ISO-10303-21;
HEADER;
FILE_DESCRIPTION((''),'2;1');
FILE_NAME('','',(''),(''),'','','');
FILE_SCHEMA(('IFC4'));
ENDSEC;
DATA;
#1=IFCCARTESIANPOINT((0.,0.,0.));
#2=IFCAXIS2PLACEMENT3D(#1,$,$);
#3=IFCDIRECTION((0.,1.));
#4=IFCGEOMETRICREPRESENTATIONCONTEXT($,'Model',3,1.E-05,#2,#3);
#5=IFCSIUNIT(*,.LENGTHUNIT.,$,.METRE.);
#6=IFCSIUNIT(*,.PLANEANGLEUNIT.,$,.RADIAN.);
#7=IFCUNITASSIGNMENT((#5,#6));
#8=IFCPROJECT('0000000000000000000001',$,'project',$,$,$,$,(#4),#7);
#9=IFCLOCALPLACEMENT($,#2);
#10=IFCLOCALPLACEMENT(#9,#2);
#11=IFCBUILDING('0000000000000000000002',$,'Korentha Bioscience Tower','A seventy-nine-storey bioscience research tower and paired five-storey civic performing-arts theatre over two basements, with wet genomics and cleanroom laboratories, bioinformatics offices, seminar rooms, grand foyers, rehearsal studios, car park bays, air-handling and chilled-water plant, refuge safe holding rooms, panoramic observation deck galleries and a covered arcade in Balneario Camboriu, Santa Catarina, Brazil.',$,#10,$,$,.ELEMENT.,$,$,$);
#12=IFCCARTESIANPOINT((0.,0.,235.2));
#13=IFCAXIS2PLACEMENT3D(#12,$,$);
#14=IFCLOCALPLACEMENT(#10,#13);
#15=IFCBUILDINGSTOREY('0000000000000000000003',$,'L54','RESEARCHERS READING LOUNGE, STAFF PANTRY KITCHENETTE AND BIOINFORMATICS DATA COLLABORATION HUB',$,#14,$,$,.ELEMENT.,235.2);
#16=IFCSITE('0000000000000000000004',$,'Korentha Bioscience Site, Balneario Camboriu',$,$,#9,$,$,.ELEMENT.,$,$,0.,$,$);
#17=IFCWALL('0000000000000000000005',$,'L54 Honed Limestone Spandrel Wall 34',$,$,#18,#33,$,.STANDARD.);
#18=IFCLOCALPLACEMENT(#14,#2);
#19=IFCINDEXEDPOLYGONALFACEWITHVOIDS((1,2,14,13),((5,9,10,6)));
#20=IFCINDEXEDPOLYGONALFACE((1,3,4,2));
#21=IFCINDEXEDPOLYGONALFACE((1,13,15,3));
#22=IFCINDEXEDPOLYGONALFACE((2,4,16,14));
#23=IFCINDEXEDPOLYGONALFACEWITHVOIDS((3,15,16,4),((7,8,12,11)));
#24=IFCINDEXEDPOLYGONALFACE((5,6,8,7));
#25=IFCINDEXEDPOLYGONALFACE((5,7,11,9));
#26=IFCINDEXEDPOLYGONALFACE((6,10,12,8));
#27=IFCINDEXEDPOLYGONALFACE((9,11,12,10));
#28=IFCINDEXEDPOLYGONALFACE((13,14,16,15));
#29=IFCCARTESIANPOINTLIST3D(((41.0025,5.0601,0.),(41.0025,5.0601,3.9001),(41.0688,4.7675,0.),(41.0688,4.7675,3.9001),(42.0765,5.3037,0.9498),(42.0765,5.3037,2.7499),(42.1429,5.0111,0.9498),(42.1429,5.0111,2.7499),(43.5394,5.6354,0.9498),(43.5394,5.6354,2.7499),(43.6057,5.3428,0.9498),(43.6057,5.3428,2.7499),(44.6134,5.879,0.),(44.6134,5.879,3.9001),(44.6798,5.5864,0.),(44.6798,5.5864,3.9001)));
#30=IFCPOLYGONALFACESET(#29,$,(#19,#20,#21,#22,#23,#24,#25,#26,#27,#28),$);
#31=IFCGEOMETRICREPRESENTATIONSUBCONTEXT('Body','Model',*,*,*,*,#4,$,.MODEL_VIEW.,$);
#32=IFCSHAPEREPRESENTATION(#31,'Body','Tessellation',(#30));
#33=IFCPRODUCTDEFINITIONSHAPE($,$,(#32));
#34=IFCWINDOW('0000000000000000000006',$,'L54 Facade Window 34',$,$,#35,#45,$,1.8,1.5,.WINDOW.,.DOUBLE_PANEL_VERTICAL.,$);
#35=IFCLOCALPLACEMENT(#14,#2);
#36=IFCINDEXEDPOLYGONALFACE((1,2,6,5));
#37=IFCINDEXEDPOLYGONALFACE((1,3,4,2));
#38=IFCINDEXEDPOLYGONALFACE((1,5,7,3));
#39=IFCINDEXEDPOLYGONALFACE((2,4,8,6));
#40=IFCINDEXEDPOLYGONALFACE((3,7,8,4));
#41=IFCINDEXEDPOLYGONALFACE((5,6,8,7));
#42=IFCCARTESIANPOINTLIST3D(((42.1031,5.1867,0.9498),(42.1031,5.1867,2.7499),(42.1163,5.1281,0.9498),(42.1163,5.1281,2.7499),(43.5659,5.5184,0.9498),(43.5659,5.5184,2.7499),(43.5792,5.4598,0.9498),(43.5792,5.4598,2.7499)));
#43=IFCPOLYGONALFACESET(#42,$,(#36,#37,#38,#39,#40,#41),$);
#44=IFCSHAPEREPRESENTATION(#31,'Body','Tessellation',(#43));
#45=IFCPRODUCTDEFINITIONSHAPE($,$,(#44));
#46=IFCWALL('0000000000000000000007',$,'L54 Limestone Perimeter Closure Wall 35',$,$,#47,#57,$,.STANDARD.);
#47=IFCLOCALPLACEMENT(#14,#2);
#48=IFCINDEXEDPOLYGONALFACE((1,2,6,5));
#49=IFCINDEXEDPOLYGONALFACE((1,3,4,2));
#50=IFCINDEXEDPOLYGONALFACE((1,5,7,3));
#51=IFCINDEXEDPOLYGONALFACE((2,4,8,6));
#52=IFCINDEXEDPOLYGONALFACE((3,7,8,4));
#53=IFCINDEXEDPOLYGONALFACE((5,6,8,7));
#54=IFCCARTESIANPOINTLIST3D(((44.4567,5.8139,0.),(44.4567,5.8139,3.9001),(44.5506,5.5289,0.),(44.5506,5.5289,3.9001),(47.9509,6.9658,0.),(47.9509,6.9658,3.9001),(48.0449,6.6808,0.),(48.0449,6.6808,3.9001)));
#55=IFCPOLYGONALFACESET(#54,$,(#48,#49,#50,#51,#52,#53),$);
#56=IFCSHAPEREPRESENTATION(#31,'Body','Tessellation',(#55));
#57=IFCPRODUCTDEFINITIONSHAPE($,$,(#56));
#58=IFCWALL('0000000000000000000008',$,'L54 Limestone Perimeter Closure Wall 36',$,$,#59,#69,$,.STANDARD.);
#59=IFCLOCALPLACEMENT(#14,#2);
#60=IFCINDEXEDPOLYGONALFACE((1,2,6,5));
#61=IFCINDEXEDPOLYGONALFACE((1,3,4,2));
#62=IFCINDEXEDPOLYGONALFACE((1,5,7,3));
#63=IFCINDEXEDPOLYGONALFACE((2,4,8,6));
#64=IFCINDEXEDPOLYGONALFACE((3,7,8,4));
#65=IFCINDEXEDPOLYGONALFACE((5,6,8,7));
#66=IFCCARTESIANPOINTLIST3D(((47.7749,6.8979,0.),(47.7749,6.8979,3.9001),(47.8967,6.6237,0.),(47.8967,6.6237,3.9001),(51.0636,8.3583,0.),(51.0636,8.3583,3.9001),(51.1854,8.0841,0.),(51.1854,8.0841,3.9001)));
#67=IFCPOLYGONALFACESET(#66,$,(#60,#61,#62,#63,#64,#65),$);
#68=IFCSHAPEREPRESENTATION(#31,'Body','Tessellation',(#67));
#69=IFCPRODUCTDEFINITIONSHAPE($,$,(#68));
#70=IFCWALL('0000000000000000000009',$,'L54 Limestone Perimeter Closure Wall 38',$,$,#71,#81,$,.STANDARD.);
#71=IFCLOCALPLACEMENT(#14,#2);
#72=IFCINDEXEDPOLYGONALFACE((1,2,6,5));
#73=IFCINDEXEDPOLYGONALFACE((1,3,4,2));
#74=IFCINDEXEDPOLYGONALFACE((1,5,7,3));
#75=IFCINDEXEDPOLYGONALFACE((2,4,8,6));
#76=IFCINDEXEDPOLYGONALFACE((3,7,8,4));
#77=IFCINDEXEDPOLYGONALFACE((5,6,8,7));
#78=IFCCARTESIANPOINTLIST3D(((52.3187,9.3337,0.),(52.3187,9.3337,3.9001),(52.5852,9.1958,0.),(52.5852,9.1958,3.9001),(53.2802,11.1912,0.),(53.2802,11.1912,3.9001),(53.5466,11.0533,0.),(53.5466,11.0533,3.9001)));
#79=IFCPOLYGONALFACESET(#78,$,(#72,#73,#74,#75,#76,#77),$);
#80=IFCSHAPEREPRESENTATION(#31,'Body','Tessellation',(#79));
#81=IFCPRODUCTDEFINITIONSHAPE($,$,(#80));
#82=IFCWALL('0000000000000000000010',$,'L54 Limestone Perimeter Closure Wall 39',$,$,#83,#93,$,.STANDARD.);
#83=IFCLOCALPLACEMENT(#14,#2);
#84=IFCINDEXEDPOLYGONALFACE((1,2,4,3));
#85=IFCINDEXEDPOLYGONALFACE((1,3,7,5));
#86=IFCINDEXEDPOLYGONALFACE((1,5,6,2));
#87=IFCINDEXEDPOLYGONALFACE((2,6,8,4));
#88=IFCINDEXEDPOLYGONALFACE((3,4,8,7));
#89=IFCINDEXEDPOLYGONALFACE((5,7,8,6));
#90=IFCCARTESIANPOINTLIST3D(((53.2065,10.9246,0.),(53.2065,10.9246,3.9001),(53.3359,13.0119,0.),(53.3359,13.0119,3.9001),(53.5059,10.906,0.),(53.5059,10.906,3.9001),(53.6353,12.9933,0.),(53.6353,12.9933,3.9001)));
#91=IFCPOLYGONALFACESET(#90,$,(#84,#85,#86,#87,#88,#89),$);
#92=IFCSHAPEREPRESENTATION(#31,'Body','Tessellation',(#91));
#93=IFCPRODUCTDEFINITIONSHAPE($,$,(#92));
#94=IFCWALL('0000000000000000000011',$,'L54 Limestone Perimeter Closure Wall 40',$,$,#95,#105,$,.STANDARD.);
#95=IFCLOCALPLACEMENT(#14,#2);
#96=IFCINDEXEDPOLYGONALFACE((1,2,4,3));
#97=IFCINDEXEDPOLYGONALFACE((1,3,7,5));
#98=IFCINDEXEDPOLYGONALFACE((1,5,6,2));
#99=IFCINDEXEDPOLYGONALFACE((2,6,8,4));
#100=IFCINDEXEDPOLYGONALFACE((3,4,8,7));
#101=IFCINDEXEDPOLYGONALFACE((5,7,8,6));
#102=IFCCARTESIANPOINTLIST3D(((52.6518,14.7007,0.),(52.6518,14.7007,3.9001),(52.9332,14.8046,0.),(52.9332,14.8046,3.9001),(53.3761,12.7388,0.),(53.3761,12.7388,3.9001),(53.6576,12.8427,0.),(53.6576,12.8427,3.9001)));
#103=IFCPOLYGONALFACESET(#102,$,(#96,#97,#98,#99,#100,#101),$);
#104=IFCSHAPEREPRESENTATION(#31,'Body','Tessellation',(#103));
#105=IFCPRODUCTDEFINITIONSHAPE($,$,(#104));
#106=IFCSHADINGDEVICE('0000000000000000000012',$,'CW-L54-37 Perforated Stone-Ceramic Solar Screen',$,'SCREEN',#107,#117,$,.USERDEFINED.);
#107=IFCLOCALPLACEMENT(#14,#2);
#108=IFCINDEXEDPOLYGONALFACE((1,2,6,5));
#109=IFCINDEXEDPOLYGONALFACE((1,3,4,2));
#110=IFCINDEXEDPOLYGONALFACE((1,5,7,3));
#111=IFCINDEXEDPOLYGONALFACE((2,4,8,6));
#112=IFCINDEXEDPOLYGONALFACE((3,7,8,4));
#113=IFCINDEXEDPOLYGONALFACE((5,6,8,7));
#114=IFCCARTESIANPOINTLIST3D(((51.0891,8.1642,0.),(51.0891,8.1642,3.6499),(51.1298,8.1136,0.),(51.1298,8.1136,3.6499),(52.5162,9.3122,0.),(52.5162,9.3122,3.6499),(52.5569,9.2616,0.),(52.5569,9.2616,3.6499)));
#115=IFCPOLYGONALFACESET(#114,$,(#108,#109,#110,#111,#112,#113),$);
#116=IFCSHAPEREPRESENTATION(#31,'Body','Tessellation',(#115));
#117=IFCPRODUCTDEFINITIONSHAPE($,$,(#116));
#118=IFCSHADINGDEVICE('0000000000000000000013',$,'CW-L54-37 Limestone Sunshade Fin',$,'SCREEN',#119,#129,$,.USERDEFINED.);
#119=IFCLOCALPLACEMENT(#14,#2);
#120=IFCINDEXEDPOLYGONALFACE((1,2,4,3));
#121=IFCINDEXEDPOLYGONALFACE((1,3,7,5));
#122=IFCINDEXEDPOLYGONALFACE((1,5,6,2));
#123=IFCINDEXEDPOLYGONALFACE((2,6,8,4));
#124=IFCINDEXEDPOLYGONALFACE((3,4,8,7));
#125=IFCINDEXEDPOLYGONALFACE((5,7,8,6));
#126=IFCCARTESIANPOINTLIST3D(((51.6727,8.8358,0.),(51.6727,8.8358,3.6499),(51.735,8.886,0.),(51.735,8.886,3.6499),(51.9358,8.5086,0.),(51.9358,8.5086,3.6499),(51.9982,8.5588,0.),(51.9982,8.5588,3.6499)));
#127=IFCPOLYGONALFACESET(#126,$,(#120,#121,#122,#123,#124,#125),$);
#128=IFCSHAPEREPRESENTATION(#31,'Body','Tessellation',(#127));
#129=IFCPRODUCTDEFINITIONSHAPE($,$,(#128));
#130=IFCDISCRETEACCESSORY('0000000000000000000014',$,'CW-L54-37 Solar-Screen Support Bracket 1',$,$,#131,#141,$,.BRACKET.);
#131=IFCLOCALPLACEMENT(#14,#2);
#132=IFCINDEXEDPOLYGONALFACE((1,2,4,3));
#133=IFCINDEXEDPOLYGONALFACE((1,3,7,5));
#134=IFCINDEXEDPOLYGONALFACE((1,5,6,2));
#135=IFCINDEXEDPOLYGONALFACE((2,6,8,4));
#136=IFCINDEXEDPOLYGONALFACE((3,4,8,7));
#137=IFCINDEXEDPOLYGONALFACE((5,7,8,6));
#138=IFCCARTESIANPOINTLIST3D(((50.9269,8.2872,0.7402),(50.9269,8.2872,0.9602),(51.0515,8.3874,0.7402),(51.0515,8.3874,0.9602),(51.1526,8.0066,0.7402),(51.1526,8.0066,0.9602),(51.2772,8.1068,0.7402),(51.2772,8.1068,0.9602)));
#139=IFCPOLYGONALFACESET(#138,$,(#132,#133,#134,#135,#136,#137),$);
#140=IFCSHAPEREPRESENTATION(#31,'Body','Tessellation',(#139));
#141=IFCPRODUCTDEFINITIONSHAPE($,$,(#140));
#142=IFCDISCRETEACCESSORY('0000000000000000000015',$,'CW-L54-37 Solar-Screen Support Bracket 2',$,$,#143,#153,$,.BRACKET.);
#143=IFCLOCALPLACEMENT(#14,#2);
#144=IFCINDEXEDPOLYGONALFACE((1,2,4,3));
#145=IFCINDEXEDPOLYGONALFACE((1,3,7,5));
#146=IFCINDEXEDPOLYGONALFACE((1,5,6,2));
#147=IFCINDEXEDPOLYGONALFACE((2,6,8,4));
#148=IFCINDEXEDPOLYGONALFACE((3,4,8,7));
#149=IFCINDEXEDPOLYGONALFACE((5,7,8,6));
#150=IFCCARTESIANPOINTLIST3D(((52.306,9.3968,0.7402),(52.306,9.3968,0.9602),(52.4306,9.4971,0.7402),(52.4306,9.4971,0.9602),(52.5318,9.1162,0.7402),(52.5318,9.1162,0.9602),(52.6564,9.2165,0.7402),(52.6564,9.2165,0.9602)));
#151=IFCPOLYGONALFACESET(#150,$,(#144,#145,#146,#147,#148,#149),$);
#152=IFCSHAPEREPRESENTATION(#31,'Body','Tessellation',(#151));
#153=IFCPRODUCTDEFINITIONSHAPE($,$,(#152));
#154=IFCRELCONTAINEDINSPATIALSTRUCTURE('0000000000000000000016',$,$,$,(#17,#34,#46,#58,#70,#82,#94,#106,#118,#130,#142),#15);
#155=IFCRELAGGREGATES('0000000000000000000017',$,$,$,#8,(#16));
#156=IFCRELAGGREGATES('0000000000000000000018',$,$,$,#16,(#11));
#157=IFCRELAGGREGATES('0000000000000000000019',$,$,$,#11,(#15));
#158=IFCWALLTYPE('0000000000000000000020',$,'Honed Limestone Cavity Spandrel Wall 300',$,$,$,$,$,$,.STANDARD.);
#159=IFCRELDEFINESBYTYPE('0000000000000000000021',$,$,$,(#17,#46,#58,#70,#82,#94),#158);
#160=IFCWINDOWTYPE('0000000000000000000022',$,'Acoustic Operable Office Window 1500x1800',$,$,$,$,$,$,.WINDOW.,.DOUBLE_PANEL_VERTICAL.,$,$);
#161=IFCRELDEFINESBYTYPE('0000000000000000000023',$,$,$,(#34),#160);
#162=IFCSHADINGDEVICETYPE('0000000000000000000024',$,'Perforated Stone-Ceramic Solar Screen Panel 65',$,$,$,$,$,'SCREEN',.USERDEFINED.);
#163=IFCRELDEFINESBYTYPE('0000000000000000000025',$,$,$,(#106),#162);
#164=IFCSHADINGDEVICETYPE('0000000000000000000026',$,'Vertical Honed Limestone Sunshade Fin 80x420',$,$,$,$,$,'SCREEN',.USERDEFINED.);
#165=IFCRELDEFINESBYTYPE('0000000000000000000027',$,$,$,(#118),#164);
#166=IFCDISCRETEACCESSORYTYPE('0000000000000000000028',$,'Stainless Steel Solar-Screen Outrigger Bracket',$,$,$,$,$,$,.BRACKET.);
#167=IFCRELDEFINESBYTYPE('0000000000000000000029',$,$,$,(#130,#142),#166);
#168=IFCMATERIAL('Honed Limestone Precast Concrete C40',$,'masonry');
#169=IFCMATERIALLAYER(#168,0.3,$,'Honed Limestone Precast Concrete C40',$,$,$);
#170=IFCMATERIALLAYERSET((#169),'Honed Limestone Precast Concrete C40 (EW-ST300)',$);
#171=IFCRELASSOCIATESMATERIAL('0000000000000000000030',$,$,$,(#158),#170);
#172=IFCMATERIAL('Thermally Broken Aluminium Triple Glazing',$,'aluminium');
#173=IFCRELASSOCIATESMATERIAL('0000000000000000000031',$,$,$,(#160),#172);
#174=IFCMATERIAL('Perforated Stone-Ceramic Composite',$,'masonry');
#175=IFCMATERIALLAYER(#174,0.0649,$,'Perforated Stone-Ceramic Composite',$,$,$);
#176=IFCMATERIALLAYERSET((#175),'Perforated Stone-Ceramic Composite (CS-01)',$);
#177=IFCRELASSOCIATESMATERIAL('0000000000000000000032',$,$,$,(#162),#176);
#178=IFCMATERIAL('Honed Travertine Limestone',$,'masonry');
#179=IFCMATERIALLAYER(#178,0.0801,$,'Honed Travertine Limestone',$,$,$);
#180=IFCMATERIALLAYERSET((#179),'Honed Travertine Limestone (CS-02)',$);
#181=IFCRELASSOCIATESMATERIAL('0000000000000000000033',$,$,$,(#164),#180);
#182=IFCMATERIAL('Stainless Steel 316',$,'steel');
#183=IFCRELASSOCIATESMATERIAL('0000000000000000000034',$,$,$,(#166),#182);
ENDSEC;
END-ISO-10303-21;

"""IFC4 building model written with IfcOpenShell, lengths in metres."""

from ifc_helpers import new_model, si_unit, direction, frame, frame_2d, origin, origin_2d, place, context, subcontext, project, spatial, rectangle, extrude, material, layer, layer_set, type_object, element, fill, save


model = new_model("IFC4")

# Units and contexts
model_context = context("Model", 3, precision=1e-05, world=origin(), true_north=direction((0.0, 1.0)))
body_context = subcontext(model_context, "Body", "Model", "MODEL_VIEW")
ifc_project = project(units=[si_unit("LENGTHUNIT", "METRE"), si_unit("PLANEANGLEUNIT", "RADIAN")], contexts=[model_context])

# Site, building, storey
site_placement = place(None, origin())
site = spatial("IfcSite", under=ifc_project, at=site_placement, Name="Korentha Bioscience Site, Balneario Camboriu", CompositionType="ELEMENT", RefElevation=0.0)
building_placement = place(site_placement, origin())
building = spatial("IfcBuilding", under=site, at=building_placement, Name="Korentha Bioscience Tower", Description="A seventy-nine-storey bioscience research tower and paired five-storey civic performing-arts theatre over two basements, with wet genomics and cleanroom laboratories, bioinformatics offices, seminar rooms, grand foyers, rehearsal studios, car park bays, air-handling and chilled-water plant, refuge safe holding rooms, panoramic observation deck galleries and a covered arcade in Balneario Camboriu, Santa Catarina, Brazil.", CompositionType="ELEMENT")
storey_placement = place(building_placement, frame((0.0, 0.0, 235.2)))
storey = spatial("IfcBuildingStorey", under=building, at=storey_placement, Name="L54", Description="RESEARCHERS READING LOUNGE, STAFF PANTRY KITCHENETTE AND BIOINFORMATICS DATA COLLABORATION HUB", CompositionType="ELEMENT", Elevation=235.2)

# Wall, opening, window
ifc_material_1 = material(Name="Honed Limestone Precast Concrete C40", Category="masonry")
ifc_layer_1 = layer(ifc_material_1, 0.3, Name="Honed Limestone Precast Concrete C40")
ifc_layer_set_1 = layer_set([ifc_layer_1], Name="Honed Limestone Precast Concrete C40 (EW-ST300)")
wall_type_1 = type_object("IfcWallType", Name="Honed Limestone Cavity Spandrel Wall 300", PredefinedType="STANDARD", material=ifc_layer_set_1)
wall_1_placement = place(storey_placement, frame((41.0356, 4.9138, 0.0), z_axis=(0.0, 0.0, 1.0), x_axis=(0.975238, 0.221159, 0.0)))
wall_1 = element("IfcWall", 1, at=wall_1_placement, inside=storey, type_object=wall_type_1, Name="L54 Honed Limestone Spandrel Wall 34", PredefinedType="STANDARD", context=body_context, shape_type="SweptSolid", body=[
    extrude(rectangle(XDim=3.7026, YDim=0.3, at=frame_2d((1.8513, 0.0))), origin(), (0.0, 0.0, 1.0), 3.9001),
])
opening_placement = place(wall_1_placement, frame((1.1013, 0.0, 0.95)))
opening = element("IfcOpeningElement", 2, at=opening_placement, cuts=wall_1, PredefinedType="OPENING", context=body_context, shape_type="SweptSolid", body=[
    extrude(rectangle(XDim=1.5, YDim=1.8, at=frame_2d((0.75, 0.8999))), frame((0.0, 0.165, 0.0), z_axis=(0.0, -1.0, 0.0), x_axis=(1.0, 0.0, 0.0)), (0.0, 0.0, 1.0), 0.3298),
])
ifc_material_2 = material(Name="Thermally Broken Aluminium Triple Glazing", Category="aluminium")
window_type = type_object("IfcWindowType", Name="Acoustic Operable Office Window 1500x1800", PartitioningType="DOUBLE_PANEL_VERTICAL", PredefinedType="WINDOW", material=ifc_material_2)
window_placement = place(opening_placement, origin())
window = element("IfcWindow", 3, at=window_placement, inside=storey, type_object=window_type, Name="L54 Facade Window 34", OverallHeight=1.8, OverallWidth=1.5, PartitioningType="DOUBLE_PANEL_VERTICAL", PredefinedType="WINDOW", context=body_context, shape_type="SweptSolid", body=[
    extrude(rectangle(XDim=1.5, YDim=1.8, at=frame_2d((0.75, 0.8999))), frame((0.0, 0.03, 0.0), z_axis=(0.0, -1.0, 0.0), x_axis=(1.0, 0.0, 0.0)), (0.0, 0.0, 1.0), 0.0601),
])
fill(opening, window)

# Walls
wall_2_placement = place(storey_placement, frame((44.5037, 5.6714, 0.0), z_axis=(0.0, 0.0, 1.0), x_axis=(0.949727, 0.313081, 0.0)))
element("IfcWall", 4, at=wall_2_placement, inside=storey, type_object=wall_type_1, Name="L54 Limestone Perimeter Closure Wall 35", PredefinedType="STANDARD", context=body_context, shape_type="SweptSolid", body=[
    extrude(rectangle(XDim=3.6792, YDim=0.3, at=frame_2d((1.8396, 0.0))), origin(), (0.0, 0.0, 1.0), 3.9001),
])
wall_3_placement = place(storey_placement, frame((47.8357, 6.7607, 0.0), z_axis=(0.0, 0.0, 1.0), x_axis=(0.91394, 0.405849, 0.0)))
element("IfcWall", 5, at=wall_3_placement, inside=storey, type_object=wall_type_1, Name="L54 Limestone Perimeter Closure Wall 36", PredefinedType="STANDARD", context=body_context, shape_type="SweptSolid", body=[
    extrude(rectangle(XDim=3.5984, YDim=0.3, at=frame_2d((1.7993, 0.0))), origin(), (0.0, 0.0, 1.0), 3.9001),
])
wall_4_placement = place(storey_placement, frame((52.4519, 9.2646, 0.0), z_axis=(0.0, 0.0, 1.0), x_axis=(0.459683, 0.888083, 0.0)))
element("IfcWall", 6, at=wall_4_placement, inside=storey, type_object=wall_type_1, Name="L54 Limestone Perimeter Closure Wall 38", PredefinedType="STANDARD", context=body_context, shape_type="SweptSolid", body=[
    extrude(rectangle(XDim=2.0916, YDim=0.3, at=frame_2d((1.0459, 0.0))), origin(), (0.0, 0.0, 1.0), 3.9001),
])
for number, where, z_axis, x_axis, name in (
    (7, (53.3562, 10.9153, 0.0), (0.0, 0.0, 1.0), (0.06187, 0.998084, 0.0), "L54 Limestone Perimeter Closure Wall 39"),
    (8, (53.5168, 12.7908, 0.0), (0.0, 0.0, 1.0), (-0.34636, 0.938102, 0.0), "L54 Limestone Perimeter Closure Wall 40"),
):
    element("IfcWall", number, at=place(storey_placement, frame(where, z_axis=z_axis, x_axis=x_axis)), inside=storey, type_object=wall_type_1, Name=name, PredefinedType="STANDARD", context=body_context, shape_type="SweptSolid", body=[
        extrude(rectangle(XDim=2.0913, YDim=0.3, at=frame_2d((1.0457, 0.0))), origin(), (0.0, 0.0, 1.0), 3.9001),
    ])

# Shading devices
ifc_material_3 = material(Name="Perforated Stone-Ceramic Composite", Category="masonry")
ifc_layer_2 = layer(ifc_material_3, 0.0649, Name="Perforated Stone-Ceramic Composite")
ifc_layer_set_2 = layer_set([ifc_layer_2], Name="Perforated Stone-Ceramic Composite (CS-01)")
shading_device_type_1 = type_object("IfcShadingDeviceType", Name="Perforated Stone-Ceramic Solar Screen Panel 65", ElementType="SCREEN", PredefinedType="USERDEFINED", material=ifc_layer_set_2)
shading_device_1_placement = place(storey_placement, frame((51.823, 8.7129, 0.0), z_axis=(0.0, 0.0, 1.0), x_axis=(0.779198, 0.626778, 0.0)))
element("IfcShadingDevice", 9, at=shading_device_1_placement, inside=storey, type_object=shading_device_type_1, Name="CW-L54-37 Perforated Stone-Ceramic Solar Screen", ObjectType="SCREEN", PredefinedType="USERDEFINED", context=body_context, shape_type="SweptSolid", body=[
    extrude(rectangle(XDim=1.8315, YDim=0.0649, at=origin_2d()), origin(), (0.0, 0.0, 1.0), 3.6499),
])
ifc_material_4 = material(Name="Honed Travertine Limestone", Category="masonry")
ifc_layer_3 = layer(ifc_material_4, 0.0801, Name="Honed Travertine Limestone")
ifc_layer_set_3 = layer_set([ifc_layer_3], Name="Honed Travertine Limestone (CS-02)")
shading_device_type_2 = type_object("IfcShadingDeviceType", Name="Vertical Honed Limestone Sunshade Fin 80x420", ElementType="SCREEN", PredefinedType="USERDEFINED", material=ifc_layer_set_3)
shading_device_2_placement = place(storey_placement, frame((51.8354, 8.6973, 0.0), z_axis=(0.0, 0.0, 1.0), x_axis=(0.779198, 0.626778, 0.0)))
element("IfcShadingDevice", 10, at=shading_device_2_placement, inside=storey, type_object=shading_device_type_2, Name="CW-L54-37 Limestone Sunshade Fin", ObjectType="SCREEN", PredefinedType="USERDEFINED", context=body_context, shape_type="SweptSolid", body=[
    extrude(rectangle(XDim=0.0801, YDim=0.4199, at=origin_2d()), origin(), (0.0, 0.0, 1.0), 3.6499),
])

# Discrete accessories
ifc_material_5 = material(Name="Stainless Steel 316", Category="steel")
discrete_accessory_type = type_object("IfcDiscreteAccessoryType", Name="Stainless Steel Solar-Screen Outrigger Bracket", PredefinedType="BRACKET", material=ifc_material_5)
for number, where, z_axis, x_axis, name in (
    (11, (51.1021, 8.197, 0.7402), (0.0, 0.0, 1.0), (0.779198, 0.626778, 0.0), "CW-L54-37 Solar-Screen Support Bracket 1"),
    (12, (52.4812, 9.3066, 0.7402), (0.0, 0.0, 1.0), (0.779198, 0.626778, 0.0), "CW-L54-37 Solar-Screen Support Bracket 2"),
):
    element("IfcDiscreteAccessory", number, at=place(storey_placement, frame(where, z_axis=z_axis, x_axis=x_axis)), inside=storey, type_object=discrete_accessory_type, Name=name, PredefinedType="BRACKET", context=body_context, shape_type="SweptSolid", body=[
        extrude(rectangle(XDim=0.1599, YDim=0.3601, at=origin_2d()), origin(), (0.0, 0.0, 1.0), 0.22),
    ])

save(model, "model.ifc")
